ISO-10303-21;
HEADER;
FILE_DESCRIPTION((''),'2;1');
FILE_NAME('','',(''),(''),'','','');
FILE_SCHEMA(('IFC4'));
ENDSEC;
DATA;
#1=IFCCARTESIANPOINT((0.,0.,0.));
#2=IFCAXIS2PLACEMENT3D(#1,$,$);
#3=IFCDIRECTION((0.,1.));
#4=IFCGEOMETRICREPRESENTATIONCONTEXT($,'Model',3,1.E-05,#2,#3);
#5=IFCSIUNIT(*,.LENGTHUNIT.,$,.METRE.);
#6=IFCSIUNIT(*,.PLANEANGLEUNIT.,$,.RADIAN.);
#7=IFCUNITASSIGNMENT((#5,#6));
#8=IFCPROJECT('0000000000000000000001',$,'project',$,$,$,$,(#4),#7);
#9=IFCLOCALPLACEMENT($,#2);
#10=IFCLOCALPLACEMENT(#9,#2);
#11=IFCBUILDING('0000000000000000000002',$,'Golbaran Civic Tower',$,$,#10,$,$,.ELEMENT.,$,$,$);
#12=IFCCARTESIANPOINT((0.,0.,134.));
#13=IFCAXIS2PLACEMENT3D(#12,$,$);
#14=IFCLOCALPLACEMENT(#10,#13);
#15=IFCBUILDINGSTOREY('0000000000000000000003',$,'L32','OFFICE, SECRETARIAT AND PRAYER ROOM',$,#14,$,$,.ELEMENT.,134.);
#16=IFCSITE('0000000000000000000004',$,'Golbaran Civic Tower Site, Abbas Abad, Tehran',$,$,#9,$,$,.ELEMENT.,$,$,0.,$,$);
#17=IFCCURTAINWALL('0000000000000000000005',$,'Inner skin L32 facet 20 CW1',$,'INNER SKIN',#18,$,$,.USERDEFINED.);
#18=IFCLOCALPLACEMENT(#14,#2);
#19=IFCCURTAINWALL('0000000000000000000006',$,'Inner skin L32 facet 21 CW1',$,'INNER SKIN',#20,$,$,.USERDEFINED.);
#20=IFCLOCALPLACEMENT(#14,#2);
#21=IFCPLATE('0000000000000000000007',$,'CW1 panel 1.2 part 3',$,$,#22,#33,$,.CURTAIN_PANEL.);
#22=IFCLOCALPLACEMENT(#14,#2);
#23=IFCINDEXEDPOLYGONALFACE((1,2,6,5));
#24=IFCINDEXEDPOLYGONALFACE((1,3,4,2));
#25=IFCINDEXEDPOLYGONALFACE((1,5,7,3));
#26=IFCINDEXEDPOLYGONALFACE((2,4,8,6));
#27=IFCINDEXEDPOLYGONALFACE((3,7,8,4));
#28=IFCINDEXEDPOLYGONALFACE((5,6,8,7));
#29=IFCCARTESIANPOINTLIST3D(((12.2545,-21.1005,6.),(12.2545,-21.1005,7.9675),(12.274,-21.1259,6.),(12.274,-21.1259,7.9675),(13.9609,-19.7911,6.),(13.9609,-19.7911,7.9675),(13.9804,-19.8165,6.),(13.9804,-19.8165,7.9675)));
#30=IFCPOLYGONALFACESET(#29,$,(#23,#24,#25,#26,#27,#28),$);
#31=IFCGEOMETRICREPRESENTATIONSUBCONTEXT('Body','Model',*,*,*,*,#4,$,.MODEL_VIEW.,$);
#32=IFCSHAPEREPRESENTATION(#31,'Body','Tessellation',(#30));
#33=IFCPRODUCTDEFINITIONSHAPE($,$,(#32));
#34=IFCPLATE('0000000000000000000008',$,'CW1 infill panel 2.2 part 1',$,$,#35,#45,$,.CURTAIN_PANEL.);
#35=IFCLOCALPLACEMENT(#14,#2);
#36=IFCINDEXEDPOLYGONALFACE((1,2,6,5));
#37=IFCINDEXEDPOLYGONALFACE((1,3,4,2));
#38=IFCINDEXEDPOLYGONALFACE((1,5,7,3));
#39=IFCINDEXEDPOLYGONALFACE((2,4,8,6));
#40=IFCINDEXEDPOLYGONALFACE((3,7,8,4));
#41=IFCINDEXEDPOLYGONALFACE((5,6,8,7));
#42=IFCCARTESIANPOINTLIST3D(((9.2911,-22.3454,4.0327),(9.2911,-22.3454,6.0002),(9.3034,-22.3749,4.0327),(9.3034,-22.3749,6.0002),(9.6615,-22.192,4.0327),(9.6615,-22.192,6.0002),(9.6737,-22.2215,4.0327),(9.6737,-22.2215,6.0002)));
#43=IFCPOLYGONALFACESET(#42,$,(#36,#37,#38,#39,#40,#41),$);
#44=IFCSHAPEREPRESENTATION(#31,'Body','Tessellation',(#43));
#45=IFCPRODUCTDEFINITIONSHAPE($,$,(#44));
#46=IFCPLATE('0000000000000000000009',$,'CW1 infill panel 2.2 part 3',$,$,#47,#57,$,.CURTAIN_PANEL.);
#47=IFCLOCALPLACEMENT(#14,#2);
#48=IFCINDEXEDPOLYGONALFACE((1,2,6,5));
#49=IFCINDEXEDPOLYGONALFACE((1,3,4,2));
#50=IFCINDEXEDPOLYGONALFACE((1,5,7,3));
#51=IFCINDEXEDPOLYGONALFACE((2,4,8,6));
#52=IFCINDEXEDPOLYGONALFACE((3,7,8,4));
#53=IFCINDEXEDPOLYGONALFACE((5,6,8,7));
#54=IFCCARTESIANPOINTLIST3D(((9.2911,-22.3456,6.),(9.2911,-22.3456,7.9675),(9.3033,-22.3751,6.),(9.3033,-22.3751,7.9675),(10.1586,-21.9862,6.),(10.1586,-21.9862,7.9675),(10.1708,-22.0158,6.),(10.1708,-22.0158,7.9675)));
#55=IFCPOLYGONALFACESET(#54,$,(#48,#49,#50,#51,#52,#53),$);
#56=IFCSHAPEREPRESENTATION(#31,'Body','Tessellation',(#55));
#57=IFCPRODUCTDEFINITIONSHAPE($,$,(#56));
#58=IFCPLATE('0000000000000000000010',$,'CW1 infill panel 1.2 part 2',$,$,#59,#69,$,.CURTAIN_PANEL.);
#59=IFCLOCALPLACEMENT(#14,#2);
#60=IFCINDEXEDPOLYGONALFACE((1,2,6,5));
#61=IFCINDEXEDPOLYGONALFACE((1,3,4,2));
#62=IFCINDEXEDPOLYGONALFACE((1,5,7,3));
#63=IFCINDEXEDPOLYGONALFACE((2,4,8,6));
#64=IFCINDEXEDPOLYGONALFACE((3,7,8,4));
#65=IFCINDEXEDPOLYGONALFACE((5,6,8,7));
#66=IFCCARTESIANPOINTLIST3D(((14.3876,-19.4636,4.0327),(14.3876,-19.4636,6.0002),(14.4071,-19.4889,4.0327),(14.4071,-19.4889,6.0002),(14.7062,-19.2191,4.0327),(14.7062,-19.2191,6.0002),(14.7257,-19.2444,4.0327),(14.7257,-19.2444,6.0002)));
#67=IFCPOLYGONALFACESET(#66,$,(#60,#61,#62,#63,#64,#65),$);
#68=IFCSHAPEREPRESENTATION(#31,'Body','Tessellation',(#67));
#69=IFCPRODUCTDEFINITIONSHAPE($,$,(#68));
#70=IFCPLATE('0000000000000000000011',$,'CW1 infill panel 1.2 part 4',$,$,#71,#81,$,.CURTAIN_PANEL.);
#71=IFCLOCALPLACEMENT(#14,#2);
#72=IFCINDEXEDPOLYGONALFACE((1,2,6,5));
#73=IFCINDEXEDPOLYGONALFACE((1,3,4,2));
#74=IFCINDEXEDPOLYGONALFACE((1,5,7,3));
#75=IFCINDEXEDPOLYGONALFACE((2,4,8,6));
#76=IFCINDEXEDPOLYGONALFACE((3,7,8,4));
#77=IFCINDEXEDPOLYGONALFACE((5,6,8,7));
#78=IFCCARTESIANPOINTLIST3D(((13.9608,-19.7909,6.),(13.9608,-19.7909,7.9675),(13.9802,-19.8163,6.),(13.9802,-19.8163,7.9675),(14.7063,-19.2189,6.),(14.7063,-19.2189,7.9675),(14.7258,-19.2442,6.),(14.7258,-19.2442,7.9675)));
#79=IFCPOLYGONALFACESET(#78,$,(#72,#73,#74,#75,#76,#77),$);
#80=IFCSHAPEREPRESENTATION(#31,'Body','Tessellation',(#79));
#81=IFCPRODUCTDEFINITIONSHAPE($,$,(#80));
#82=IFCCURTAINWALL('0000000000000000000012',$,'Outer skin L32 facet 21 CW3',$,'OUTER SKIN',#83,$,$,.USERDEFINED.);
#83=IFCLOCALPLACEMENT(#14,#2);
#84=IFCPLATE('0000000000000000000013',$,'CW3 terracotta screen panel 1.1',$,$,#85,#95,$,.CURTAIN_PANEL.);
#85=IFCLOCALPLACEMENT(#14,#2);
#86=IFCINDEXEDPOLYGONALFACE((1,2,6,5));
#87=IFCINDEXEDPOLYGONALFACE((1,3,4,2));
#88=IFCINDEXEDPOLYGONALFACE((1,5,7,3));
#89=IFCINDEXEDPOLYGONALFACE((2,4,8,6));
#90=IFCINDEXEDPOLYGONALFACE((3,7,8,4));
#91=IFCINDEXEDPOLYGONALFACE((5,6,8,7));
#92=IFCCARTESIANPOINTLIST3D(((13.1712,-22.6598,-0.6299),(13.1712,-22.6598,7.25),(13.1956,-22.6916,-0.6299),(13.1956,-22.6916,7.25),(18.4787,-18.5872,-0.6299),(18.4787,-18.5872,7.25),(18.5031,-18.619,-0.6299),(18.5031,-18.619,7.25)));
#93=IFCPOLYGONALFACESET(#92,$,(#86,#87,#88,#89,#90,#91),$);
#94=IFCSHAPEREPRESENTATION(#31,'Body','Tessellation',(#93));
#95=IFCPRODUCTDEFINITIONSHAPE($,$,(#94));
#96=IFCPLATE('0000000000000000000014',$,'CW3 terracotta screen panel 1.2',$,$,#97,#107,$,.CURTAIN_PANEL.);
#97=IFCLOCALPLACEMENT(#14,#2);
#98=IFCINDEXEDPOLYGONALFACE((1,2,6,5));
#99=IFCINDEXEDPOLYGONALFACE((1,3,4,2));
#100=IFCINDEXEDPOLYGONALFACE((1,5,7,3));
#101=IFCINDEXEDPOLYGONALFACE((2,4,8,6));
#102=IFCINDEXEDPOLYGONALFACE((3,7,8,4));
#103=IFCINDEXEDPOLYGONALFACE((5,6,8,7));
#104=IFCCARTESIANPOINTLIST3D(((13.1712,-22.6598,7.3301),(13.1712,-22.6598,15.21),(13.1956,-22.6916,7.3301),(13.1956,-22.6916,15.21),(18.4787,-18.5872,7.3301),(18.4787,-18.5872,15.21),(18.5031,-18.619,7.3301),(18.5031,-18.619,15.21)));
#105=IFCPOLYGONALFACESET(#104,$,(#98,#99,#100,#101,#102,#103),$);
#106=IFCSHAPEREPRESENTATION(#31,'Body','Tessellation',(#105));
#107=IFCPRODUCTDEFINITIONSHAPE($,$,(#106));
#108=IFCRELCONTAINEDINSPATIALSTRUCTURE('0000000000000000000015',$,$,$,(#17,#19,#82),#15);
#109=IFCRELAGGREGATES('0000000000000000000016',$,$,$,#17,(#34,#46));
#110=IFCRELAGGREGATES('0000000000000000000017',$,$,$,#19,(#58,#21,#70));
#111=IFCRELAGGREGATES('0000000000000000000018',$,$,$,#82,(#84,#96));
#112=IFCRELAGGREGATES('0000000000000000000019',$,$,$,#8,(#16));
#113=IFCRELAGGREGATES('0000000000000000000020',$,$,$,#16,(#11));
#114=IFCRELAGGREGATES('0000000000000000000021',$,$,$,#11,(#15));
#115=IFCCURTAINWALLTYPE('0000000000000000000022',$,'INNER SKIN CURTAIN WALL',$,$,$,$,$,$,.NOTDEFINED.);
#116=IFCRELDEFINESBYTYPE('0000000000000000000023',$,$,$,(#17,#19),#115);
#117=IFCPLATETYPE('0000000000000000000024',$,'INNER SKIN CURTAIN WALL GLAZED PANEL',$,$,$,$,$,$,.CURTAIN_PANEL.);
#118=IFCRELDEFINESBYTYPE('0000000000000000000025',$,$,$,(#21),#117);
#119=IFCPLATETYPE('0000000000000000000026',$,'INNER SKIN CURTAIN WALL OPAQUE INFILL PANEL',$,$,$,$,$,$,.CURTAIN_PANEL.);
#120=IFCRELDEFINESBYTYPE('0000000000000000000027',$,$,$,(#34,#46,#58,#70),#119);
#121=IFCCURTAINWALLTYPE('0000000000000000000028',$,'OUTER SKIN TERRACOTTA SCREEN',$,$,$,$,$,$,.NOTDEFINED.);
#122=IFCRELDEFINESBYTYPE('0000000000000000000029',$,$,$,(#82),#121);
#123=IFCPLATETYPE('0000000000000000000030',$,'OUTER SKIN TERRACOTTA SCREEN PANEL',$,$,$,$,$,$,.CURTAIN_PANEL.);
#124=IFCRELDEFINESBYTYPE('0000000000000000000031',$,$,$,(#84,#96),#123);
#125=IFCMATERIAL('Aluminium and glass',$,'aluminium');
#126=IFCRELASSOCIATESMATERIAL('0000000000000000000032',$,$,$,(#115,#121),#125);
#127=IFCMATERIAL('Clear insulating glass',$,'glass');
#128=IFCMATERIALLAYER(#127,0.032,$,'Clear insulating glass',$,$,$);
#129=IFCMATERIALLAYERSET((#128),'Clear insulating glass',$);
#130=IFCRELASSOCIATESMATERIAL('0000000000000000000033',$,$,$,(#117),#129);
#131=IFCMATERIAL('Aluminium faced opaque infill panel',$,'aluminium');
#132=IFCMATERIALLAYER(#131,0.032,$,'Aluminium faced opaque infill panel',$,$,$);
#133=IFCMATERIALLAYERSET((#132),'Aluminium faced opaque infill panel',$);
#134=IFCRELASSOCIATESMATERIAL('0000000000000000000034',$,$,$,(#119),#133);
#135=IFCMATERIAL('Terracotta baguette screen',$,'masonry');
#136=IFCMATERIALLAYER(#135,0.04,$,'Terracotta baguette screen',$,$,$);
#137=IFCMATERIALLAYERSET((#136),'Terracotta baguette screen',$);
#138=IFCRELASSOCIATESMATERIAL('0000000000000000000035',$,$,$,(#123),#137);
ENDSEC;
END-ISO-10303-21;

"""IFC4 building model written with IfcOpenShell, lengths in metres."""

from ifc_helpers import new_model, si_unit, direction, frame, origin, origin_2d, place, context, subcontext, project, spatial, rectangle, extrude, material, layer, layer_set, type_object, element, aggregate, save


model = new_model("IFC4")

# Units and contexts
model_context = context("Model", 3, precision=1e-05, world=origin(), true_north=direction((0.0, 1.0)))
body_context = subcontext(model_context, "Body", "Model", "MODEL_VIEW")
ifc_project = project(units=[si_unit("LENGTHUNIT", "METRE"), si_unit("PLANEANGLEUNIT", "RADIAN")], contexts=[model_context])

# Site, building, storey
site_placement = place(None, origin())
site = spatial("IfcSite", under=ifc_project, at=site_placement, Name="Golbaran Civic Tower Site, Abbas Abad, Tehran", CompositionType="ELEMENT", RefElevation=0.0)
building_placement = place(site_placement, origin())
building = spatial("IfcBuilding", under=site, at=building_placement, Name="Golbaran Civic Tower", CompositionType="ELEMENT")
storey_placement = place(building_placement, frame((0.0, 0.0, 134.0)))
storey = spatial("IfcBuildingStorey", under=building, at=storey_placement, Name="L32", Description="OFFICE, SECRETARIAT AND PRAYER ROOM", CompositionType="ELEMENT", Elevation=134.0)

# Curtain wall
ifc_material_1 = material(Name="Aluminium and glass", Category="aluminium")
curtain_wall_type_1 = type_object("IfcCurtainWallType", Name="INNER SKIN CURTAIN WALL", PredefinedType="NOTDEFINED", material=ifc_material_1)
curtain_wall_1_placement = place(storey_placement, origin())
curtain_wall_1 = element("IfcCurtainWall", 1, at=curtain_wall_1_placement, inside=storey, type_object=curtain_wall_type_1, Name="Inner skin L32 facet 20 CW1", ObjectType="INNER SKIN", PredefinedType="USERDEFINED")

# Curtain wall
curtain_wall_2_placement = place(storey_placement, origin())
curtain_wall_2 = element("IfcCurtainWall", 2, at=curtain_wall_2_placement, inside=storey, type_object=curtain_wall_type_1, Name="Inner skin L32 facet 21 CW1", ObjectType="INNER SKIN", PredefinedType="USERDEFINED")

# Plates
ifc_material_2 = material(Name="Clear insulating glass", Category="glass")
ifc_layer_1 = layer(ifc_material_2, 0.032, Name="Clear insulating glass")
ifc_layer_set_1 = layer_set([ifc_layer_1], Name="Clear insulating glass")
plate_type_1 = type_object("IfcPlateType", Name="INNER SKIN CURTAIN WALL GLAZED PANEL", PredefinedType="CURTAIN_PANEL", material=ifc_layer_set_1)
plate_1_placement = place(storey_placement, frame((13.1174, -20.4585, 6.0), z_axis=(0.0, 0.0, 1.0), x_axis=(0.793353, 0.608761, 0.0)))
plate_1 = element("IfcPlate", 3, at=plate_1_placement, type_object=plate_type_1, Name="CW1 panel 1.2 part 3", PredefinedType="CURTAIN_PANEL", context=body_context, shape_type="SweptSolid", body=[
    extrude(rectangle(XDim=2.1509, YDim=0.032, at=origin_2d()), origin(), (0.0, 0.0, 1.0), 1.9675),
])
ifc_material_3 = material(Name="Aluminium faced opaque infill panel", Category="aluminium")
ifc_layer_2 = layer(ifc_material_3, 0.032, Name="Aluminium faced opaque infill panel")
ifc_layer_set_2 = layer_set([ifc_layer_2], Name="Aluminium faced opaque infill panel")
plate_type_2 = type_object("IfcPlateType", Name="INNER SKIN CURTAIN WALL OPAQUE INFILL PANEL", PredefinedType="CURTAIN_PANEL", material=ifc_layer_set_2)
plate_2_placement = place(storey_placement, frame((9.4824, -22.2834, 4.0327), z_axis=(0.0, 0.0, 1.0), x_axis=(0.92388, 0.382683, 0.0)))
plate_2 = element("IfcPlate", 4, at=plate_2_placement, type_object=plate_type_2, Name="CW1 infill panel 2.2 part 1", PredefinedType="CURTAIN_PANEL", context=body_context, shape_type="SweptSolid", body=[
    extrude(rectangle(XDim=0.4009, YDim=0.032, at=origin_2d()), origin(), (0.0, 0.0, 1.0), 1.9675),
])
plate_3_placement = place(storey_placement, frame((9.731, -22.1807, 6.0), z_axis=(0.0, 0.0, 1.0), x_axis=(0.92388, 0.382683, 0.0)))
plate_3 = element("IfcPlate", 5, at=plate_3_placement, type_object=plate_type_2, Name="CW1 infill panel 2.2 part 3", PredefinedType="CURTAIN_PANEL", context=body_context, shape_type="SweptSolid", body=[
    extrude(rectangle(XDim=0.939, YDim=0.032, at=origin_2d()), origin(), (0.0, 0.0, 1.0), 1.9675),
])
aggregate(curtain_wall_1, [plate_2, plate_3])
plate_4_placement = place(storey_placement, frame((14.5566, -19.354, 4.0327), z_axis=(0.0, 0.0, 1.0), x_axis=(0.793353, 0.608761, 0.0)))
plate_4 = element("IfcPlate", 6, at=plate_4_placement, type_object=plate_type_2, Name="CW1 infill panel 1.2 part 2", PredefinedType="CURTAIN_PANEL", context=body_context, shape_type="SweptSolid", body=[
    extrude(rectangle(XDim=0.4016, YDim=0.032, at=origin_2d()), origin(), (0.0, 0.0, 1.0), 1.9675),
])
plate_5_placement = place(storey_placement, frame((14.3433, -19.5176, 6.0), z_axis=(0.0, 0.0, 1.0), x_axis=(0.793353, 0.608761, 0.0)))
plate_5 = element("IfcPlate", 7, at=plate_5_placement, type_object=plate_type_2, Name="CW1 infill panel 1.2 part 4", PredefinedType="CURTAIN_PANEL", context=body_context, shape_type="SweptSolid", body=[
    extrude(rectangle(XDim=0.9397, YDim=0.032, at=origin_2d()), origin(), (0.0, 0.0, 1.0), 1.9675),
])
aggregate(curtain_wall_2, [plate_4, plate_1, plate_5])

# Curtain wall, plates
curtain_wall_type_2 = type_object("IfcCurtainWallType", Name="OUTER SKIN TERRACOTTA SCREEN", PredefinedType="NOTDEFINED", material=ifc_material_1)
curtain_wall_3_placement = place(storey_placement, origin())
curtain_wall_3 = element("IfcCurtainWall", 8, at=curtain_wall_3_placement, inside=storey, type_object=curtain_wall_type_2, Name="Outer skin L32 facet 21 CW3", ObjectType="OUTER SKIN", PredefinedType="USERDEFINED")
ifc_material_4 = material(Name="Terracotta baguette screen", Category="masonry")
ifc_layer_3 = layer(ifc_material_4, 0.04, Name="Terracotta baguette screen")
ifc_layer_set_3 = layer_set([ifc_layer_3], Name="Terracotta baguette screen")
plate_type_3 = type_object("IfcPlateType", Name="OUTER SKIN TERRACOTTA SCREEN PANEL", PredefinedType="CURTAIN_PANEL", material=ifc_layer_set_3)
plate_6_placement = place(storey_placement, frame((15.8372, -20.6394, -0.6299), z_axis=(0.0, 0.0, 1.0), x_axis=(0.793353, 0.608761, 0.0)))
plate_6 = element("IfcPlate", 9, at=plate_6_placement, type_object=plate_type_3, Name="CW3 terracotta screen panel 1.1", PredefinedType="CURTAIN_PANEL", context=body_context, shape_type="SweptSolid", body=[
    extrude(rectangle(XDim=6.6899, YDim=0.04, at=origin_2d()), origin(), (0.0, 0.0, 1.0), 7.8799),
])
plate_7_placement = place(storey_placement, frame((15.8372, -20.6394, 7.3301), z_axis=(0.0, 0.0, 1.0), x_axis=(0.793353, 0.608761, 0.0)))
plate_7 = element("IfcPlate", 10, at=plate_7_placement, type_object=plate_type_3, Name="CW3 terracotta screen panel 1.2", PredefinedType="CURTAIN_PANEL", context=body_context, shape_type="SweptSolid", body=[
    extrude(rectangle(XDim=6.6899, YDim=0.04, at=origin_2d()), origin(), (0.0, 0.0, 1.0), 7.8799),
])
aggregate(curtain_wall_3, [plate_6, plate_7])

save(model, "model.ifc")
